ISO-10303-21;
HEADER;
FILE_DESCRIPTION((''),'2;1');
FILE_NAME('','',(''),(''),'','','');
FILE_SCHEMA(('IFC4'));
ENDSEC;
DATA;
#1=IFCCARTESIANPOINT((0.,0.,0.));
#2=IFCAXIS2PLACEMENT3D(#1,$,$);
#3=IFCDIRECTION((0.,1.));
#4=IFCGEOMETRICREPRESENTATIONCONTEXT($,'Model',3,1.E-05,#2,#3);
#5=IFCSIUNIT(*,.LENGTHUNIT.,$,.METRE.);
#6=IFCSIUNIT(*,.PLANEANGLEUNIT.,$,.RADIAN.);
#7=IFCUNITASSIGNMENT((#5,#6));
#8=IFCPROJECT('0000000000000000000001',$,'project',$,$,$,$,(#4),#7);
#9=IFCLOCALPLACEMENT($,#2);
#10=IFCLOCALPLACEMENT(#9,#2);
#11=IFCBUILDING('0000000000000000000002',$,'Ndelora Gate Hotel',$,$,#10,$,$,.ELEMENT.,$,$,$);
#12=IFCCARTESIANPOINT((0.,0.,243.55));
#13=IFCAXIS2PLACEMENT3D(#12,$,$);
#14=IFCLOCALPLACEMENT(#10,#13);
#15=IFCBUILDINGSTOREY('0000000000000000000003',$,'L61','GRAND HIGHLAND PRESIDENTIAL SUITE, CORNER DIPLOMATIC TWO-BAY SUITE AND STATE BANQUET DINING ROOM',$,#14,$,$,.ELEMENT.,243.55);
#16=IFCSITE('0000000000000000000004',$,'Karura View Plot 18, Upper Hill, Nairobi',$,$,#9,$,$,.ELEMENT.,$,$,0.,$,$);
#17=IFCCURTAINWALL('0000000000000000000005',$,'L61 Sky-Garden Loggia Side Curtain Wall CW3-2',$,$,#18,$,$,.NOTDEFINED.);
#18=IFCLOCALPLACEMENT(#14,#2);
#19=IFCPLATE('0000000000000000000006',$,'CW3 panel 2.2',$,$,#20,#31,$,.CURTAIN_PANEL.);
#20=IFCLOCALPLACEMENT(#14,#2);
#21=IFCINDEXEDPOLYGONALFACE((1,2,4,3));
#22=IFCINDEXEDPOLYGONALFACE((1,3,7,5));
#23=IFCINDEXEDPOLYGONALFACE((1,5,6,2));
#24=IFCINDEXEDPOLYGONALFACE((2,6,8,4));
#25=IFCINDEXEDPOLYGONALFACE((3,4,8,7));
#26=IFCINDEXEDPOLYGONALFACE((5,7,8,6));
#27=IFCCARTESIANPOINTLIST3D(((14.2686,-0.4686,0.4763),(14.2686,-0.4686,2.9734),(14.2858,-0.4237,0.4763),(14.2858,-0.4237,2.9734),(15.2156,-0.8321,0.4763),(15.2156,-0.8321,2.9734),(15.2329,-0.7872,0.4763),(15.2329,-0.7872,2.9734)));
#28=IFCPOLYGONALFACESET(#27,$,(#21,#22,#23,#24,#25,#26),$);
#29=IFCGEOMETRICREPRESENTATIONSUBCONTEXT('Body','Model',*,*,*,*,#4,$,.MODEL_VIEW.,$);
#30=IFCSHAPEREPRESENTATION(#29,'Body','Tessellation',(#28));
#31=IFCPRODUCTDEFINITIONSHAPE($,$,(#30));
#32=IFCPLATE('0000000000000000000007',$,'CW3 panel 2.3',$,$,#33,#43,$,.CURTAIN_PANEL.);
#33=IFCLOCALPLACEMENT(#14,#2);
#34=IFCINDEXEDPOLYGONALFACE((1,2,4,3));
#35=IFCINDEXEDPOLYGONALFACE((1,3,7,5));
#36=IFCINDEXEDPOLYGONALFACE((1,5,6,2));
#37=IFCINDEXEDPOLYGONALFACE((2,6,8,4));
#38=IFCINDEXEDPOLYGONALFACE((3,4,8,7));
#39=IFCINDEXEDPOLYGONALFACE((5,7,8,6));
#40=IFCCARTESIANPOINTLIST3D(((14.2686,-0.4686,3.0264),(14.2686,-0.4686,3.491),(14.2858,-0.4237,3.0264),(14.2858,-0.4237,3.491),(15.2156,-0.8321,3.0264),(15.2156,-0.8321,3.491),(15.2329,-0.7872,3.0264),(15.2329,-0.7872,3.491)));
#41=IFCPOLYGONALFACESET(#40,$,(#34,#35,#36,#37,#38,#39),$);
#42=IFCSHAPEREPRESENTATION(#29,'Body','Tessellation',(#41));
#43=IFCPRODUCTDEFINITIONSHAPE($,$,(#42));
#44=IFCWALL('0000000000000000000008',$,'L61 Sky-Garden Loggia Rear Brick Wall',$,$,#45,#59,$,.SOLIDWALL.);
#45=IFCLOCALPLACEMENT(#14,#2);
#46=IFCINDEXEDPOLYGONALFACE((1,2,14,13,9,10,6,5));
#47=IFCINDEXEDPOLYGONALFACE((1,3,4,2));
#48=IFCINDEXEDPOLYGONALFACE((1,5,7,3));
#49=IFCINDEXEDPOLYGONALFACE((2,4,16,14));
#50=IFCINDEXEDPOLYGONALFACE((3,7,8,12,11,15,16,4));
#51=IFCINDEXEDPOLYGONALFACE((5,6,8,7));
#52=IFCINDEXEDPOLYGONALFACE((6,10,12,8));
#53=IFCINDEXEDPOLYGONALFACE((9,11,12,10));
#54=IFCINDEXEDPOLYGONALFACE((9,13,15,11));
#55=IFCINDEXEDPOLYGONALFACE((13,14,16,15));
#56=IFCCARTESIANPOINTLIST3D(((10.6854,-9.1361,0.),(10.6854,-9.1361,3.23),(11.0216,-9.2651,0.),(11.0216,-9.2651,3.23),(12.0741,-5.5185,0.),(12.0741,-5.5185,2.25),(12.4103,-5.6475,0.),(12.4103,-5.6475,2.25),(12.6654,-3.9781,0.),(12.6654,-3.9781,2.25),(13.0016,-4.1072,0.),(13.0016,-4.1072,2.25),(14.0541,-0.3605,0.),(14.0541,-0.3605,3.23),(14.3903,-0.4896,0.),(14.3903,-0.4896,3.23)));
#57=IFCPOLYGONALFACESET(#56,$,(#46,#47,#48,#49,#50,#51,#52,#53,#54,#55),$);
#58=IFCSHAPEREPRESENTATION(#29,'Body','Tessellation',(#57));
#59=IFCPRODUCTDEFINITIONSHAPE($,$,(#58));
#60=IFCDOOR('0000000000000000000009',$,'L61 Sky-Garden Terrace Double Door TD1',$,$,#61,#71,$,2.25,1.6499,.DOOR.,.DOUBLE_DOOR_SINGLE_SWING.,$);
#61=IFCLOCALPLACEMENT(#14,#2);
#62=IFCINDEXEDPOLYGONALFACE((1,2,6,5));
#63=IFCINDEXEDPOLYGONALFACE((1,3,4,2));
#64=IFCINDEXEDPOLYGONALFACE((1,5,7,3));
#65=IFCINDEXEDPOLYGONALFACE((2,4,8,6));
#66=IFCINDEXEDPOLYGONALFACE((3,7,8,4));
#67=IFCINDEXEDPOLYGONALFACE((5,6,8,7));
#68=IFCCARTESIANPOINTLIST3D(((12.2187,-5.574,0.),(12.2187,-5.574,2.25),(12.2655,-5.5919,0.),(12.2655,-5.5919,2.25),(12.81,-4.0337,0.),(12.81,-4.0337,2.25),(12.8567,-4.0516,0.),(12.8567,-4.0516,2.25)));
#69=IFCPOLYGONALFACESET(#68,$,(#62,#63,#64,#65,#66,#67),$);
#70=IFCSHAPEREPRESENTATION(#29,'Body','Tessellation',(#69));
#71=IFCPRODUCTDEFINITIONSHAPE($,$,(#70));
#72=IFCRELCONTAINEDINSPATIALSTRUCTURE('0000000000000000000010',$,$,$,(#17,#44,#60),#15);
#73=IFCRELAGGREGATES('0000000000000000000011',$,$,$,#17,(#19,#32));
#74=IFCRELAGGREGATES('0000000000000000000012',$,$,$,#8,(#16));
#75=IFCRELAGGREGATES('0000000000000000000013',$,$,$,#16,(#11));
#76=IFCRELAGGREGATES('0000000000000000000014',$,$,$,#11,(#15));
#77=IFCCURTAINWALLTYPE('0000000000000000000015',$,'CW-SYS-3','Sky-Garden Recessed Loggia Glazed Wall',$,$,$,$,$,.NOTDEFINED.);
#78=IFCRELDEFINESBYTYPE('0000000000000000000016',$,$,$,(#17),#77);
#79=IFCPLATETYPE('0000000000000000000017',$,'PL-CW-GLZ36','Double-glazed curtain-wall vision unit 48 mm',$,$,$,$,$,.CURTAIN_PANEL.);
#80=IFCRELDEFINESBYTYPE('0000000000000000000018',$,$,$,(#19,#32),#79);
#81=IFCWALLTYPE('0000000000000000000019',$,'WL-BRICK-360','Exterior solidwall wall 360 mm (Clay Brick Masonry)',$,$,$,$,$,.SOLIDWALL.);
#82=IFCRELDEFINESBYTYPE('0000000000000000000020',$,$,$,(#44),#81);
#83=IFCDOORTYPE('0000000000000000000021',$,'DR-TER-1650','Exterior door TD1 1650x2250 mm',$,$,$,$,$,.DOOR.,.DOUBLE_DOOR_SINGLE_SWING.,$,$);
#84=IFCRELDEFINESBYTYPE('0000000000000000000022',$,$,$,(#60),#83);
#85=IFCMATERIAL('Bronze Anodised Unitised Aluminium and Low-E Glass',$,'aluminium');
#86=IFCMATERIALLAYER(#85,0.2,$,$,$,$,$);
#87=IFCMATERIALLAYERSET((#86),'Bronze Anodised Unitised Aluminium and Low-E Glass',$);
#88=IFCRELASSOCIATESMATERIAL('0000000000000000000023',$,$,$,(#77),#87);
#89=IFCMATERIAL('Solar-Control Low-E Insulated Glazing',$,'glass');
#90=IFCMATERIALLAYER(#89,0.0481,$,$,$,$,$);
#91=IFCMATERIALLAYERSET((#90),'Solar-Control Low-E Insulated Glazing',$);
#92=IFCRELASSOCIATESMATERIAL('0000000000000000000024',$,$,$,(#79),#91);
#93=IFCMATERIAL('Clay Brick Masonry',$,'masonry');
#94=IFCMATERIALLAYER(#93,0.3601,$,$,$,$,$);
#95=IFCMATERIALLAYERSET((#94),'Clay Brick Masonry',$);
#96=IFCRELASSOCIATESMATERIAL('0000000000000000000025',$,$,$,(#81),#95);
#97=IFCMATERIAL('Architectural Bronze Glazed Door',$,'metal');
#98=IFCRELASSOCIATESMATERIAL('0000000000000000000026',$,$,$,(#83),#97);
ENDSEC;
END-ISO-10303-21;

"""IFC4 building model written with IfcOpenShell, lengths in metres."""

from ifc_helpers import new_model, si_unit, direction, frame, frame_2d, origin, origin_2d, place, context, subcontext, project, spatial, rectangle, extrude, material, layer, layer_set, type_object, element, fill, aggregate, save


model = new_model("IFC4")

# Units and contexts
model_context = context("Model", 3, precision=1e-05, world=origin(), true_north=direction((0.0, 1.0)))
body_context = subcontext(model_context, "Body", "Model", "MODEL_VIEW")
ifc_project = project(units=[si_unit("LENGTHUNIT", "METRE"), si_unit("PLANEANGLEUNIT", "RADIAN")], contexts=[model_context])

# Site, building, storey
site_placement = place(None, origin())
site = spatial("IfcSite", under=ifc_project, at=site_placement, Name="Karura View Plot 18, Upper Hill, Nairobi", CompositionType="ELEMENT", RefElevation=0.0)
building_placement = place(site_placement, origin())
building = spatial("IfcBuilding", under=site, at=building_placement, Name="Ndelora Gate Hotel", CompositionType="ELEMENT")
storey_placement = place(building_placement, frame((0.0, 0.0, 243.55)))
storey = spatial("IfcBuildingStorey", under=building, at=storey_placement, Name="L61", Description="GRAND HIGHLAND PRESIDENTIAL SUITE, CORNER DIPLOMATIC TWO-BAY SUITE AND STATE BANQUET DINING ROOM", CompositionType="ELEMENT", Elevation=243.55)

# Curtain wall, plates
ifc_material_1 = material(Name="Bronze Anodised Unitised Aluminium and Low-E Glass", Category="aluminium")
ifc_layer_1 = layer(ifc_material_1, 0.2)
ifc_layer_set_1 = layer_set([ifc_layer_1], Name="Bronze Anodised Unitised Aluminium and Low-E Glass")
curtain_wall_type = type_object("IfcCurtainWallType", Name="CW-SYS-3", Description="Sky-Garden Recessed Loggia Glazed Wall", PredefinedType="NOTDEFINED", material=ifc_layer_set_1)
curtain_wall_placement = place(storey_placement, origin())
curtain_wall = element("IfcCurtainWall", 1, at=curtain_wall_placement, inside=storey, type_object=curtain_wall_type, Name="L61 Sky-Garden Loggia Side Curtain Wall CW3-2", PredefinedType="NOTDEFINED")
ifc_material_2 = material(Name="Solar-Control Low-E Insulated Glazing", Category="glass")
ifc_layer_2 = layer(ifc_material_2, 0.0481)
ifc_layer_set_2 = layer_set([ifc_layer_2], Name="Solar-Control Low-E Insulated Glazing")
plate_type = type_object("IfcPlateType", Name="PL-CW-GLZ36", Description="Double-glazed curtain-wall vision unit 48 mm", PredefinedType="CURTAIN_PANEL", material=ifc_layer_set_2)
plate_1_placement = place(storey_placement, frame((14.7507, -0.6279, 0.4763), z_axis=(0.0, 0.0, 1.0), x_axis=(-0.933583, 0.358361, 0.0)))
plate_1 = element("IfcPlate", 2, at=plate_1_placement, type_object=plate_type, Name="CW3 panel 2.2", PredefinedType="CURTAIN_PANEL", context=body_context, shape_type="SweptSolid", body=[
    extrude(rectangle(XDim=1.0144, YDim=0.0481, at=origin_2d()), origin(), (0.0, 0.0, 1.0), 2.4971),
])
plate_2_placement = place(storey_placement, frame((14.7507, -0.6279, 3.0264), z_axis=(0.0, 0.0, 1.0), x_axis=(-0.933583, 0.358361, 0.0)))
plate_2 = element("IfcPlate", 3, at=plate_2_placement, type_object=plate_type, Name="CW3 panel 2.3", PredefinedType="CURTAIN_PANEL", context=body_context, shape_type="SweptSolid", body=[
    extrude(rectangle(XDim=1.0144, YDim=0.0481, at=origin_2d()), origin(), (0.0, 0.0, 1.0), 0.4646),
])
aggregate(curtain_wall, [plate_1, plate_2])

# Wall, opening, door
ifc_material_3 = material(Name="Clay Brick Masonry", Category="masonry")
ifc_layer_3 = layer(ifc_material_3, 0.3601)
ifc_layer_set_3 = layer_set([ifc_layer_3], Name="Clay Brick Masonry")
wall_type = type_object("IfcWallType", Name="WL-BRICK-360", Description="Exterior solidwall wall 360 mm (Clay Brick Masonry)", PredefinedType="SOLIDWALL", material=ifc_layer_set_3)
wall_placement = place(storey_placement, frame((14.2222, -0.425, 0.0), z_axis=(0.0, 0.0, 1.0), x_axis=(-0.358368, -0.93358, 0.0)))
wall = element("IfcWall", 4, at=wall_placement, inside=storey, type_object=wall_type, Name="L61 Sky-Garden Loggia Rear Brick Wall", PredefinedType="SOLIDWALL", context=body_context, shape_type="SweptSolid", body=[
    extrude(rectangle(XDim=9.3999, YDim=0.3601, at=frame_2d((4.7, 0.0))), origin(), (0.0, 0.0, 1.0), 3.23),
])
opening_placement = place(wall_placement, frame((3.875, 0.0, 0.0)))
opening = element("IfcOpeningElement", 5, at=opening_placement, cuts=wall, PredefinedType="OPENING", context=body_context, shape_type="SweptSolid", body=[
    extrude(rectangle(XDim=1.6499, YDim=2.25, at=frame_2d((0.825, 1.125))), frame((0.0, 0.1899, 0.0), z_axis=(0.0, -1.0, 0.0), x_axis=(1.0, 0.0, 0.0)), (0.0, 0.0, 1.0), 0.3801),
])
ifc_material_4 = material(Name="Architectural Bronze Glazed Door", Category="metal")
door_type = type_object("IfcDoorType", Name="DR-TER-1650", Description="Exterior door TD1 1650x2250 mm", OperationType="DOUBLE_DOOR_SINGLE_SWING", PredefinedType="DOOR", material=ifc_material_4)
door_placement = place(opening_placement, origin())
door = element("IfcDoor", 6, at=door_placement, inside=storey, type_object=door_type, Name="L61 Sky-Garden Terrace Double Door TD1", OperationType="DOUBLE_DOOR_SINGLE_SWING", OverallHeight=2.25, OverallWidth=1.6499, PredefinedType="DOOR", context=body_context, shape_type="SweptSolid", body=[
    extrude(rectangle(XDim=1.6499, YDim=2.25, at=frame_2d((0.825, 1.125))), frame((0.0, 0.0249, 0.0), z_axis=(0.0, -1.0, 0.0), x_axis=(1.0, 0.0, 0.0)), (0.0, 0.0, 1.0), 0.05),
])
fill(opening, door)

save(model, "model.ifc")
